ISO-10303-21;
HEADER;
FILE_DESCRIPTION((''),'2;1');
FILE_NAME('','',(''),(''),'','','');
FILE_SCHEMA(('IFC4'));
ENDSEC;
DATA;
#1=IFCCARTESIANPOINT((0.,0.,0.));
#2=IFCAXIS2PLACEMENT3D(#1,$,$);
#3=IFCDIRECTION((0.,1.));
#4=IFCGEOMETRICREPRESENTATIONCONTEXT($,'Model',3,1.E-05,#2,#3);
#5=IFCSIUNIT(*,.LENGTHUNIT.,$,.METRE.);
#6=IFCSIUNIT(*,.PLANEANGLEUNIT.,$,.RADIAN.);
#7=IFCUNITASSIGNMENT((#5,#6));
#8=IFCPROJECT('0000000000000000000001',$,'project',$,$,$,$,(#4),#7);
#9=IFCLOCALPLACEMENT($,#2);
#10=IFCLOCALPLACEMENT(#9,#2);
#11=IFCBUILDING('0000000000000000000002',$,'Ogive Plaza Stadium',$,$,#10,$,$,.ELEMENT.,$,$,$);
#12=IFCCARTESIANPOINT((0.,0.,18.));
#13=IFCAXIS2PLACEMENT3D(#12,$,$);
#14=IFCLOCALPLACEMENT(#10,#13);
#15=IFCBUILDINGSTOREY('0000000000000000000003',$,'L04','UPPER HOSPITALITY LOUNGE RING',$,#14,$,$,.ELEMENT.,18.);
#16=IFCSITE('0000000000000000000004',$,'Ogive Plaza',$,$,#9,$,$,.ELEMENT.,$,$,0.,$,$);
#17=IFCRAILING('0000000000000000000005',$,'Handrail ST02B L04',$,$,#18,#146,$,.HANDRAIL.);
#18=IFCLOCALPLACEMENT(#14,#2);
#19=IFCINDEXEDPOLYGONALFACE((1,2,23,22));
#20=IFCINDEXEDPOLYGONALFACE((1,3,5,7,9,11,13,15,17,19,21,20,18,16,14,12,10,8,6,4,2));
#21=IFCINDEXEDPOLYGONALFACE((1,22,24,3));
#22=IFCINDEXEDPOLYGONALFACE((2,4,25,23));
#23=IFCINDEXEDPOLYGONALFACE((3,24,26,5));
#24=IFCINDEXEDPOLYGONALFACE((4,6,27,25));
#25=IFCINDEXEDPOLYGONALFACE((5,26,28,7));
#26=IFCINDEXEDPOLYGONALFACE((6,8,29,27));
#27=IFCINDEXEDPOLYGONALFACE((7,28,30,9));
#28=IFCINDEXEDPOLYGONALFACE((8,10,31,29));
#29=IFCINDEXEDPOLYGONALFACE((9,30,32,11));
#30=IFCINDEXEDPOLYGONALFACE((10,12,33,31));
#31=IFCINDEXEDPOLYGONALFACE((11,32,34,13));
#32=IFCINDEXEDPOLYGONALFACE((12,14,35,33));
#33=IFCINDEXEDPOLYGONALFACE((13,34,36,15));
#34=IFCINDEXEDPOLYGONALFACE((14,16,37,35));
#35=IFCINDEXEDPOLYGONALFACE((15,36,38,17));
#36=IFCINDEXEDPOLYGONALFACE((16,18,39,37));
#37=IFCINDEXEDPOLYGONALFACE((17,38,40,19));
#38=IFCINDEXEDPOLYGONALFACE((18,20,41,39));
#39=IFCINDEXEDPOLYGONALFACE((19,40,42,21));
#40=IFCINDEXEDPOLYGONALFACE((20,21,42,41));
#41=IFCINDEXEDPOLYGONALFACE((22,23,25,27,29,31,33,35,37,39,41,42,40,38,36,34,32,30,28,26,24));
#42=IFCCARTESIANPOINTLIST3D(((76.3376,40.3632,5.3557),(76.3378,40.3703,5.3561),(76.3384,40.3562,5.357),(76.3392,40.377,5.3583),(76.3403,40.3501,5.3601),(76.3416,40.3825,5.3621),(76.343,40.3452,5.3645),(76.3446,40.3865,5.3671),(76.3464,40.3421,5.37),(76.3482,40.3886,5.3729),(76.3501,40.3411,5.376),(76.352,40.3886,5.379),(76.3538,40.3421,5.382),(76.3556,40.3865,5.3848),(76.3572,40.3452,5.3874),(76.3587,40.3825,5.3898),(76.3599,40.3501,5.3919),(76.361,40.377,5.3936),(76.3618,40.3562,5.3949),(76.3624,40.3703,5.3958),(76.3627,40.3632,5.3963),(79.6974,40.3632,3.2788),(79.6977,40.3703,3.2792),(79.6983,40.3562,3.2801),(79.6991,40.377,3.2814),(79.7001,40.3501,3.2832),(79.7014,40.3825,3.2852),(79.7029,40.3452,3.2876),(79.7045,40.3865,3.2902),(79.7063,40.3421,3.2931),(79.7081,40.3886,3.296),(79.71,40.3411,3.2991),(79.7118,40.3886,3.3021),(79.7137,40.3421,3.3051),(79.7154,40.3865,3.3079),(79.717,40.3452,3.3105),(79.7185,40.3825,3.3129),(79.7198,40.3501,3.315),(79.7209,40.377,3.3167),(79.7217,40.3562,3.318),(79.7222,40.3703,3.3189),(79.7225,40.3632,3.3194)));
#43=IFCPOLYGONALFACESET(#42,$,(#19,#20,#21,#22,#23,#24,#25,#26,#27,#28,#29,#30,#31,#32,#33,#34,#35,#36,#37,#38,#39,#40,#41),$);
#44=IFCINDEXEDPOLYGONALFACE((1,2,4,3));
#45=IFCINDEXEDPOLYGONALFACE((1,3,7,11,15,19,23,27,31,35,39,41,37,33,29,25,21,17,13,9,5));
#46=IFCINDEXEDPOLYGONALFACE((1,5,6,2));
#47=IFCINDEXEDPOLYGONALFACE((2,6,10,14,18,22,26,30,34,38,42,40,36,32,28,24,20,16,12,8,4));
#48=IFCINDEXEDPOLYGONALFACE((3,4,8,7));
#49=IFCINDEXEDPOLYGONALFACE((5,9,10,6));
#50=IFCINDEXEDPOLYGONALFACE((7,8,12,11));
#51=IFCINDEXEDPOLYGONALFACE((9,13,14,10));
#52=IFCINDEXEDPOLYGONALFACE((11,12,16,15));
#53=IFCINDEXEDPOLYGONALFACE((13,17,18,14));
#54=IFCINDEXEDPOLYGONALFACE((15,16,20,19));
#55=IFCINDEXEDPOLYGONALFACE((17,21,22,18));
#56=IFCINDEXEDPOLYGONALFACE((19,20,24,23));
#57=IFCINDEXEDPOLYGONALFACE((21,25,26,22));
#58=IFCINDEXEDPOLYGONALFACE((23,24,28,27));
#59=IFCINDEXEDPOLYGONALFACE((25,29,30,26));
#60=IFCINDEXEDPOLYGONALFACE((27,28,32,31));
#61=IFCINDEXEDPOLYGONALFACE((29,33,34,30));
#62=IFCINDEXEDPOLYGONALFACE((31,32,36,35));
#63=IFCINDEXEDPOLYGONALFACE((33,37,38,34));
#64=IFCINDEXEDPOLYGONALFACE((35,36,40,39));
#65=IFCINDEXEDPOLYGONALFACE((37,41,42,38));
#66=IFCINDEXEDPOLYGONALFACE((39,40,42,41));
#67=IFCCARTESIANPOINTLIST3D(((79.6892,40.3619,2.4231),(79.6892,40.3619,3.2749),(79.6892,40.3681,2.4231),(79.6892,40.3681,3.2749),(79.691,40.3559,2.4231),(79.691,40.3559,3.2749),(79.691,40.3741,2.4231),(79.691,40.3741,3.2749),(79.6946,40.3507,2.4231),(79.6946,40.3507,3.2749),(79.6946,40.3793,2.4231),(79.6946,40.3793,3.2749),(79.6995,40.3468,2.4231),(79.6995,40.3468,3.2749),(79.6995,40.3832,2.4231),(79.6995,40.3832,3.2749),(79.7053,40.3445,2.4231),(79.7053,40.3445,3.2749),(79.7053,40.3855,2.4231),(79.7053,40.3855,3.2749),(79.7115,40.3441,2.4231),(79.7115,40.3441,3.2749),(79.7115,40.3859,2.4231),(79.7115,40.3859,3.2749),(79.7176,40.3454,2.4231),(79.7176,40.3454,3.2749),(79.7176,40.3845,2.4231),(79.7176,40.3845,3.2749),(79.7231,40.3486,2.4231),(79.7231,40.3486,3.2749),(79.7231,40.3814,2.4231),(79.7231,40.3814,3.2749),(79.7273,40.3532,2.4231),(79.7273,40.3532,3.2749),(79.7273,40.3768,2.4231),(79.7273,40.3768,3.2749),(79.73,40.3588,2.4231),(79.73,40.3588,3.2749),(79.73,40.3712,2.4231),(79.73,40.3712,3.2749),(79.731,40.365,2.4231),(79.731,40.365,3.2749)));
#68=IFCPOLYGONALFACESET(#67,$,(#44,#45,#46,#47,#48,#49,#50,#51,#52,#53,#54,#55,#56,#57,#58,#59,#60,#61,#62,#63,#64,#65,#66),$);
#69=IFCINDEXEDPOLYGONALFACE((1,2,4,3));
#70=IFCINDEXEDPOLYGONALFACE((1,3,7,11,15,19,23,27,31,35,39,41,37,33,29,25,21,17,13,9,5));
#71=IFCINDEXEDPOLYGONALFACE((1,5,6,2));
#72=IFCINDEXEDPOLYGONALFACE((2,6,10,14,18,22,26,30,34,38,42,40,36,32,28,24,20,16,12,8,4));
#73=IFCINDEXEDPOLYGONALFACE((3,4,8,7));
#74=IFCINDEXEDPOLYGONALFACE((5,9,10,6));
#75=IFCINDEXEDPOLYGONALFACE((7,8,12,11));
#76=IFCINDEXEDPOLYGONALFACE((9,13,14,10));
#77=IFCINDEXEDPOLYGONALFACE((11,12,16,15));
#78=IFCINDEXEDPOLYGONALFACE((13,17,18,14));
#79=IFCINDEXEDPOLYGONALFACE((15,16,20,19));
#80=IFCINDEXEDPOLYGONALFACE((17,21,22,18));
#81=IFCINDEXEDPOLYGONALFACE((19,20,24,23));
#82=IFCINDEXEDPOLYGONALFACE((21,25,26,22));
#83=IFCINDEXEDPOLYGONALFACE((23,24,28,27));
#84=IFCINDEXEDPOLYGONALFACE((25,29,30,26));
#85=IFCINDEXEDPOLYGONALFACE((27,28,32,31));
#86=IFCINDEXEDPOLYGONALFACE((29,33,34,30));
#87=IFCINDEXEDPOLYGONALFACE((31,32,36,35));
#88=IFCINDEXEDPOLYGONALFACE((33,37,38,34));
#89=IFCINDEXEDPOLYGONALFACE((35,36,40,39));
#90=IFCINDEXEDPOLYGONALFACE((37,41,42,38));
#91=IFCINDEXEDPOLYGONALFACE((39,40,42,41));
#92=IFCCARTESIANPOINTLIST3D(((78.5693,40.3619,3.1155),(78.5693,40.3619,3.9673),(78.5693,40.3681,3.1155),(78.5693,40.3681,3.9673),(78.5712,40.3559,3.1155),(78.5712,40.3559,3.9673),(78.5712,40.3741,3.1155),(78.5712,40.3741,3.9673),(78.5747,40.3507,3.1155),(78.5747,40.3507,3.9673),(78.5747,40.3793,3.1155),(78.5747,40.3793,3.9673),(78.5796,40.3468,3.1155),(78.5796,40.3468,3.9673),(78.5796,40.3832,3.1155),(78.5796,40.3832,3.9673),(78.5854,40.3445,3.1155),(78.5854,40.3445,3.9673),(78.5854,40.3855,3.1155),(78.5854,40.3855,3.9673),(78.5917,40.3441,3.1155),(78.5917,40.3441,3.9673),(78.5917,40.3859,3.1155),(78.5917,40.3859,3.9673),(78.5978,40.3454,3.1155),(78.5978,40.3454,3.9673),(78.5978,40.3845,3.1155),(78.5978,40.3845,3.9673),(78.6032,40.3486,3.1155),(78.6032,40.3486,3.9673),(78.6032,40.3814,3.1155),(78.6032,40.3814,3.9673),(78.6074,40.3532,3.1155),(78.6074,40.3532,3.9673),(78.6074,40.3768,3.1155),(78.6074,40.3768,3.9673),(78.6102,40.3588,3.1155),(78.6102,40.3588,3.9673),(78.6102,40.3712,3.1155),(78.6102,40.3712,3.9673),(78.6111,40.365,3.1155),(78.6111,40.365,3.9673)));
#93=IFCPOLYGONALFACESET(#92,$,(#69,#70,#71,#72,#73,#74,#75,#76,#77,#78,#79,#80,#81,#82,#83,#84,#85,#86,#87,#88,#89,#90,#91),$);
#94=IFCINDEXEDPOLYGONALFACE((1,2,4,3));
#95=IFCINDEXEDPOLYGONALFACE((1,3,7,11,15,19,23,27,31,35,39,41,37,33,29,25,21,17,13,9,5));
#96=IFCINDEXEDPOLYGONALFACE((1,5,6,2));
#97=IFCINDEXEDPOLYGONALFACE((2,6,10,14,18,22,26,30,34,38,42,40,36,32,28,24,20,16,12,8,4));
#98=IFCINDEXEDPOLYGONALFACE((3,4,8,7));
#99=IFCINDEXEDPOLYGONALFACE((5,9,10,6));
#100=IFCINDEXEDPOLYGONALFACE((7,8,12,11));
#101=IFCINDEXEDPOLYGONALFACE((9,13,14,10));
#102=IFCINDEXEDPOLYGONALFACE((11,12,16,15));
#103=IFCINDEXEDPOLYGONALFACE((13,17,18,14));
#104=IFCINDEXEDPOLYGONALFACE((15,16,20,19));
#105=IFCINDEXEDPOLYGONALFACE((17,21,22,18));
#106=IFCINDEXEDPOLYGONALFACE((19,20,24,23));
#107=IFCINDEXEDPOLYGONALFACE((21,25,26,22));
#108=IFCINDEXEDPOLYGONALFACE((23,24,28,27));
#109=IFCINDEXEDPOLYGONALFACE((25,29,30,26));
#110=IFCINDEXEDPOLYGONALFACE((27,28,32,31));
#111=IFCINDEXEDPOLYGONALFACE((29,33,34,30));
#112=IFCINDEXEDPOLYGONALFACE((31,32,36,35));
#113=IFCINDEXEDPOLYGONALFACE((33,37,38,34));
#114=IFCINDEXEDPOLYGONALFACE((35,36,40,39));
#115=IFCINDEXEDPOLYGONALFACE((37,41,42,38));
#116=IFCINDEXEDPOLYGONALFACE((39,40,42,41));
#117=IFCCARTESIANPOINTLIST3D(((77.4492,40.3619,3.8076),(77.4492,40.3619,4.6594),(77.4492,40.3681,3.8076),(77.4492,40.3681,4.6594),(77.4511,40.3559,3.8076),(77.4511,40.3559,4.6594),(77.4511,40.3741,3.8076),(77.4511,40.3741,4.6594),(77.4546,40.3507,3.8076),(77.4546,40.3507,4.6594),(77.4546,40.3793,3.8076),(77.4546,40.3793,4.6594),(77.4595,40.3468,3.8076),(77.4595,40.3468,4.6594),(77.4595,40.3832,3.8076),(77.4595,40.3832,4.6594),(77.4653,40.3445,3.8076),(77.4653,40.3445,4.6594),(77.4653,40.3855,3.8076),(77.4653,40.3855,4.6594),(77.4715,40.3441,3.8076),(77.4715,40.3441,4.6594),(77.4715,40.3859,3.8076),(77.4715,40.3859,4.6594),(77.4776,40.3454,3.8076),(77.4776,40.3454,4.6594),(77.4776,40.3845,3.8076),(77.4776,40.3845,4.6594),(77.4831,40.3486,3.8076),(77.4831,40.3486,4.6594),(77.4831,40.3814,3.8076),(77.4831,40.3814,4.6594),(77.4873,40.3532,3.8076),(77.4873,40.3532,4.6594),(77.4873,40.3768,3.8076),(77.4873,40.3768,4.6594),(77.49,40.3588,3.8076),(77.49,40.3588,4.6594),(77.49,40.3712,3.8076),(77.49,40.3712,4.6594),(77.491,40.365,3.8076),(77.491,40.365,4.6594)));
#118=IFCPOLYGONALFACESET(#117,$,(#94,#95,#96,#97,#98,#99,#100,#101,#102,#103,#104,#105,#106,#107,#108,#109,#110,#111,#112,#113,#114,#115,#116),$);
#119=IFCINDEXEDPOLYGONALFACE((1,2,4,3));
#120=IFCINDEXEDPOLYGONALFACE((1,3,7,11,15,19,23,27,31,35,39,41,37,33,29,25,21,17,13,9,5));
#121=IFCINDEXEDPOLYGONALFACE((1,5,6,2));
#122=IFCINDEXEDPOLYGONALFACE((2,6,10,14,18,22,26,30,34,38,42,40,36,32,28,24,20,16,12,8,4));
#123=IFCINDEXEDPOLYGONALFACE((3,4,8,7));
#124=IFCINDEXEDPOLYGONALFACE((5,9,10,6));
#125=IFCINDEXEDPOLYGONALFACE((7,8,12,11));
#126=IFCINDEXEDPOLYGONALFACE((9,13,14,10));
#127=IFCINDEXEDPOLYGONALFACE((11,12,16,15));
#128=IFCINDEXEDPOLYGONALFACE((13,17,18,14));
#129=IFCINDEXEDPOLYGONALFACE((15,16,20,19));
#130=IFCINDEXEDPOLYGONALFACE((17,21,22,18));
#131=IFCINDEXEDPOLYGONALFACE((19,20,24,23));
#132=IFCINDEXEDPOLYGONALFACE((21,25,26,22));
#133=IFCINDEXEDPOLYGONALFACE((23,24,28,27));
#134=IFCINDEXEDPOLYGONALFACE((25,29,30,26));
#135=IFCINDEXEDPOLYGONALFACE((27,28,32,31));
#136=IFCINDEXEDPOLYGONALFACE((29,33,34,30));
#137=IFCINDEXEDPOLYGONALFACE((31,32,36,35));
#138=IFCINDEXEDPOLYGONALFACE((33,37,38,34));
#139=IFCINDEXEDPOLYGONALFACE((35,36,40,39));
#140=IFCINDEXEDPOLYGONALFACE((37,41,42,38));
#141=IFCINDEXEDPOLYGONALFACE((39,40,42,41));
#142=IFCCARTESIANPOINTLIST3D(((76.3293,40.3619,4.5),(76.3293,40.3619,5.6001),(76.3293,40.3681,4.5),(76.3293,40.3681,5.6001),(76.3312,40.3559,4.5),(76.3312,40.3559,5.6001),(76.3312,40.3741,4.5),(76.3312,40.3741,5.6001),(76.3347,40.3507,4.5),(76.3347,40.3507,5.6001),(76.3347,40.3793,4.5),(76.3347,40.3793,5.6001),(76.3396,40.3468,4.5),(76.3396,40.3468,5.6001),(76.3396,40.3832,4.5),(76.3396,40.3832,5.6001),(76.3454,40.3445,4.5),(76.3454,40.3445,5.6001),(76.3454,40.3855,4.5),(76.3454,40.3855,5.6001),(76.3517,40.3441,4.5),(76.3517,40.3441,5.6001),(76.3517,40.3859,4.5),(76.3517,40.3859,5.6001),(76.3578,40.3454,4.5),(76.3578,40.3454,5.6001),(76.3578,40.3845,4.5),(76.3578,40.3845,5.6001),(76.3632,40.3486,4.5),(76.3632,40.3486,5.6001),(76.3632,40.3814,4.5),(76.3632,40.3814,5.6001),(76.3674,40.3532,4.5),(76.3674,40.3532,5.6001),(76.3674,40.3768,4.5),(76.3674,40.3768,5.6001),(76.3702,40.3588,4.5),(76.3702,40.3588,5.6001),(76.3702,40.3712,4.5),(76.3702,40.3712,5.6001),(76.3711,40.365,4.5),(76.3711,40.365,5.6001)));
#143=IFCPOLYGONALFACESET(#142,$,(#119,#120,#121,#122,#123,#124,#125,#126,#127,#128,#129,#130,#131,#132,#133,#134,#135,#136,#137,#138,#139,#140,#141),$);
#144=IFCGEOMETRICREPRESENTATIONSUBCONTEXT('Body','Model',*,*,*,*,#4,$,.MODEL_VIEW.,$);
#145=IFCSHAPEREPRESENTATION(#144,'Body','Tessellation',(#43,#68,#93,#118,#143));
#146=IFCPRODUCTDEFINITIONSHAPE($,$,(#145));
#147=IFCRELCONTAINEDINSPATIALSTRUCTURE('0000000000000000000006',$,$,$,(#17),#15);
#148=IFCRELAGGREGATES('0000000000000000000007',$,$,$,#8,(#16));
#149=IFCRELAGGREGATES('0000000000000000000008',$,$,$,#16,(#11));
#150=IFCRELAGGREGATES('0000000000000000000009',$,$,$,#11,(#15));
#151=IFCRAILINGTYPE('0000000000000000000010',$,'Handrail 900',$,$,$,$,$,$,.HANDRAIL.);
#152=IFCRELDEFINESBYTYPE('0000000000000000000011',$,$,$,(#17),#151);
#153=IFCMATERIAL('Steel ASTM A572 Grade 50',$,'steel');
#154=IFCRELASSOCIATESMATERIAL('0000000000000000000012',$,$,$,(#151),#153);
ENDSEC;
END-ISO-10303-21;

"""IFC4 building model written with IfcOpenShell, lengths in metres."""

from ifc_helpers import new_model, si_unit, direction, frame, origin, origin_2d, place, context, subcontext, project, spatial, circle, extrude, material, type_object, element, save


model = new_model("IFC4")

# Units and contexts
model_context = context("Model", 3, precision=1e-05, world=origin(), true_north=direction((0.0, 1.0)))
body_context = subcontext(model_context, "Body", "Model", "MODEL_VIEW")
ifc_project = project(units=[si_unit("LENGTHUNIT", "METRE"), si_unit("PLANEANGLEUNIT", "RADIAN")], contexts=[model_context])

# Site, building, storey
site_placement = place(None, origin())
site = spatial("IfcSite", under=ifc_project, at=site_placement, Name="Ogive Plaza", CompositionType="ELEMENT", RefElevation=0.0)
building_placement = place(site_placement, origin())
building = spatial("IfcBuilding", under=site, at=building_placement, Name="Ogive Plaza Stadium", CompositionType="ELEMENT")
storey_placement = place(building_placement, frame((0.0, 0.0, 18.0)))
storey = spatial("IfcBuildingStorey", under=building, at=storey_placement, Name="L04", Description="UPPER HOSPITALITY LOUNGE RING", CompositionType="ELEMENT", Elevation=18.0)

# Railing
ifc_material_1 = material(Name="Steel ASTM A572 Grade 50", Category="steel")
railing_type_1 = type_object("IfcRailingType", Name="Handrail 900", PredefinedType="HANDRAIL", material=ifc_material_1)
for number, where, name in (
    (1, (79.71, 40.365, 2.4231), "Handrail ST02B L04"),
):
    element("IfcRailing", number, at=place(storey_placement, frame(where)), inside=storey, type_object=railing_type_1, Name=name, PredefinedType="HANDRAIL", context=body_context, shape_type="SweptSolid", body=[
        extrude(circle(Radius=0.0239, at=origin_2d()), frame((0.0, 0.0, 0.876), z_axis=(-0.850606, 0.0, 0.525803), x_axis=(0.0, -1.0, 0.0)), (0.0, 0.0, 1.0), 3.95),
        extrude(circle(Radius=0.021, at=origin_2d()), origin(), (0.0, 0.0, 1.0), 0.8518),
        extrude(circle(Radius=0.021, at=origin_2d()), frame((-1.1199, 0.0, 0.6924)), (0.0, 0.0, 1.0), 0.8518),
        extrude(circle(Radius=0.021, at=origin_2d()), frame((-2.24, 0.0, 1.3845)), (0.0, 0.0, 1.0), 0.8518),
        extrude(circle(Radius=0.021, at=origin_2d()), frame((-3.3599, 0.0, 2.0769)), (0.0, 0.0, 1.0), 1.1001),
    ])

save(model, "model.ifc")
